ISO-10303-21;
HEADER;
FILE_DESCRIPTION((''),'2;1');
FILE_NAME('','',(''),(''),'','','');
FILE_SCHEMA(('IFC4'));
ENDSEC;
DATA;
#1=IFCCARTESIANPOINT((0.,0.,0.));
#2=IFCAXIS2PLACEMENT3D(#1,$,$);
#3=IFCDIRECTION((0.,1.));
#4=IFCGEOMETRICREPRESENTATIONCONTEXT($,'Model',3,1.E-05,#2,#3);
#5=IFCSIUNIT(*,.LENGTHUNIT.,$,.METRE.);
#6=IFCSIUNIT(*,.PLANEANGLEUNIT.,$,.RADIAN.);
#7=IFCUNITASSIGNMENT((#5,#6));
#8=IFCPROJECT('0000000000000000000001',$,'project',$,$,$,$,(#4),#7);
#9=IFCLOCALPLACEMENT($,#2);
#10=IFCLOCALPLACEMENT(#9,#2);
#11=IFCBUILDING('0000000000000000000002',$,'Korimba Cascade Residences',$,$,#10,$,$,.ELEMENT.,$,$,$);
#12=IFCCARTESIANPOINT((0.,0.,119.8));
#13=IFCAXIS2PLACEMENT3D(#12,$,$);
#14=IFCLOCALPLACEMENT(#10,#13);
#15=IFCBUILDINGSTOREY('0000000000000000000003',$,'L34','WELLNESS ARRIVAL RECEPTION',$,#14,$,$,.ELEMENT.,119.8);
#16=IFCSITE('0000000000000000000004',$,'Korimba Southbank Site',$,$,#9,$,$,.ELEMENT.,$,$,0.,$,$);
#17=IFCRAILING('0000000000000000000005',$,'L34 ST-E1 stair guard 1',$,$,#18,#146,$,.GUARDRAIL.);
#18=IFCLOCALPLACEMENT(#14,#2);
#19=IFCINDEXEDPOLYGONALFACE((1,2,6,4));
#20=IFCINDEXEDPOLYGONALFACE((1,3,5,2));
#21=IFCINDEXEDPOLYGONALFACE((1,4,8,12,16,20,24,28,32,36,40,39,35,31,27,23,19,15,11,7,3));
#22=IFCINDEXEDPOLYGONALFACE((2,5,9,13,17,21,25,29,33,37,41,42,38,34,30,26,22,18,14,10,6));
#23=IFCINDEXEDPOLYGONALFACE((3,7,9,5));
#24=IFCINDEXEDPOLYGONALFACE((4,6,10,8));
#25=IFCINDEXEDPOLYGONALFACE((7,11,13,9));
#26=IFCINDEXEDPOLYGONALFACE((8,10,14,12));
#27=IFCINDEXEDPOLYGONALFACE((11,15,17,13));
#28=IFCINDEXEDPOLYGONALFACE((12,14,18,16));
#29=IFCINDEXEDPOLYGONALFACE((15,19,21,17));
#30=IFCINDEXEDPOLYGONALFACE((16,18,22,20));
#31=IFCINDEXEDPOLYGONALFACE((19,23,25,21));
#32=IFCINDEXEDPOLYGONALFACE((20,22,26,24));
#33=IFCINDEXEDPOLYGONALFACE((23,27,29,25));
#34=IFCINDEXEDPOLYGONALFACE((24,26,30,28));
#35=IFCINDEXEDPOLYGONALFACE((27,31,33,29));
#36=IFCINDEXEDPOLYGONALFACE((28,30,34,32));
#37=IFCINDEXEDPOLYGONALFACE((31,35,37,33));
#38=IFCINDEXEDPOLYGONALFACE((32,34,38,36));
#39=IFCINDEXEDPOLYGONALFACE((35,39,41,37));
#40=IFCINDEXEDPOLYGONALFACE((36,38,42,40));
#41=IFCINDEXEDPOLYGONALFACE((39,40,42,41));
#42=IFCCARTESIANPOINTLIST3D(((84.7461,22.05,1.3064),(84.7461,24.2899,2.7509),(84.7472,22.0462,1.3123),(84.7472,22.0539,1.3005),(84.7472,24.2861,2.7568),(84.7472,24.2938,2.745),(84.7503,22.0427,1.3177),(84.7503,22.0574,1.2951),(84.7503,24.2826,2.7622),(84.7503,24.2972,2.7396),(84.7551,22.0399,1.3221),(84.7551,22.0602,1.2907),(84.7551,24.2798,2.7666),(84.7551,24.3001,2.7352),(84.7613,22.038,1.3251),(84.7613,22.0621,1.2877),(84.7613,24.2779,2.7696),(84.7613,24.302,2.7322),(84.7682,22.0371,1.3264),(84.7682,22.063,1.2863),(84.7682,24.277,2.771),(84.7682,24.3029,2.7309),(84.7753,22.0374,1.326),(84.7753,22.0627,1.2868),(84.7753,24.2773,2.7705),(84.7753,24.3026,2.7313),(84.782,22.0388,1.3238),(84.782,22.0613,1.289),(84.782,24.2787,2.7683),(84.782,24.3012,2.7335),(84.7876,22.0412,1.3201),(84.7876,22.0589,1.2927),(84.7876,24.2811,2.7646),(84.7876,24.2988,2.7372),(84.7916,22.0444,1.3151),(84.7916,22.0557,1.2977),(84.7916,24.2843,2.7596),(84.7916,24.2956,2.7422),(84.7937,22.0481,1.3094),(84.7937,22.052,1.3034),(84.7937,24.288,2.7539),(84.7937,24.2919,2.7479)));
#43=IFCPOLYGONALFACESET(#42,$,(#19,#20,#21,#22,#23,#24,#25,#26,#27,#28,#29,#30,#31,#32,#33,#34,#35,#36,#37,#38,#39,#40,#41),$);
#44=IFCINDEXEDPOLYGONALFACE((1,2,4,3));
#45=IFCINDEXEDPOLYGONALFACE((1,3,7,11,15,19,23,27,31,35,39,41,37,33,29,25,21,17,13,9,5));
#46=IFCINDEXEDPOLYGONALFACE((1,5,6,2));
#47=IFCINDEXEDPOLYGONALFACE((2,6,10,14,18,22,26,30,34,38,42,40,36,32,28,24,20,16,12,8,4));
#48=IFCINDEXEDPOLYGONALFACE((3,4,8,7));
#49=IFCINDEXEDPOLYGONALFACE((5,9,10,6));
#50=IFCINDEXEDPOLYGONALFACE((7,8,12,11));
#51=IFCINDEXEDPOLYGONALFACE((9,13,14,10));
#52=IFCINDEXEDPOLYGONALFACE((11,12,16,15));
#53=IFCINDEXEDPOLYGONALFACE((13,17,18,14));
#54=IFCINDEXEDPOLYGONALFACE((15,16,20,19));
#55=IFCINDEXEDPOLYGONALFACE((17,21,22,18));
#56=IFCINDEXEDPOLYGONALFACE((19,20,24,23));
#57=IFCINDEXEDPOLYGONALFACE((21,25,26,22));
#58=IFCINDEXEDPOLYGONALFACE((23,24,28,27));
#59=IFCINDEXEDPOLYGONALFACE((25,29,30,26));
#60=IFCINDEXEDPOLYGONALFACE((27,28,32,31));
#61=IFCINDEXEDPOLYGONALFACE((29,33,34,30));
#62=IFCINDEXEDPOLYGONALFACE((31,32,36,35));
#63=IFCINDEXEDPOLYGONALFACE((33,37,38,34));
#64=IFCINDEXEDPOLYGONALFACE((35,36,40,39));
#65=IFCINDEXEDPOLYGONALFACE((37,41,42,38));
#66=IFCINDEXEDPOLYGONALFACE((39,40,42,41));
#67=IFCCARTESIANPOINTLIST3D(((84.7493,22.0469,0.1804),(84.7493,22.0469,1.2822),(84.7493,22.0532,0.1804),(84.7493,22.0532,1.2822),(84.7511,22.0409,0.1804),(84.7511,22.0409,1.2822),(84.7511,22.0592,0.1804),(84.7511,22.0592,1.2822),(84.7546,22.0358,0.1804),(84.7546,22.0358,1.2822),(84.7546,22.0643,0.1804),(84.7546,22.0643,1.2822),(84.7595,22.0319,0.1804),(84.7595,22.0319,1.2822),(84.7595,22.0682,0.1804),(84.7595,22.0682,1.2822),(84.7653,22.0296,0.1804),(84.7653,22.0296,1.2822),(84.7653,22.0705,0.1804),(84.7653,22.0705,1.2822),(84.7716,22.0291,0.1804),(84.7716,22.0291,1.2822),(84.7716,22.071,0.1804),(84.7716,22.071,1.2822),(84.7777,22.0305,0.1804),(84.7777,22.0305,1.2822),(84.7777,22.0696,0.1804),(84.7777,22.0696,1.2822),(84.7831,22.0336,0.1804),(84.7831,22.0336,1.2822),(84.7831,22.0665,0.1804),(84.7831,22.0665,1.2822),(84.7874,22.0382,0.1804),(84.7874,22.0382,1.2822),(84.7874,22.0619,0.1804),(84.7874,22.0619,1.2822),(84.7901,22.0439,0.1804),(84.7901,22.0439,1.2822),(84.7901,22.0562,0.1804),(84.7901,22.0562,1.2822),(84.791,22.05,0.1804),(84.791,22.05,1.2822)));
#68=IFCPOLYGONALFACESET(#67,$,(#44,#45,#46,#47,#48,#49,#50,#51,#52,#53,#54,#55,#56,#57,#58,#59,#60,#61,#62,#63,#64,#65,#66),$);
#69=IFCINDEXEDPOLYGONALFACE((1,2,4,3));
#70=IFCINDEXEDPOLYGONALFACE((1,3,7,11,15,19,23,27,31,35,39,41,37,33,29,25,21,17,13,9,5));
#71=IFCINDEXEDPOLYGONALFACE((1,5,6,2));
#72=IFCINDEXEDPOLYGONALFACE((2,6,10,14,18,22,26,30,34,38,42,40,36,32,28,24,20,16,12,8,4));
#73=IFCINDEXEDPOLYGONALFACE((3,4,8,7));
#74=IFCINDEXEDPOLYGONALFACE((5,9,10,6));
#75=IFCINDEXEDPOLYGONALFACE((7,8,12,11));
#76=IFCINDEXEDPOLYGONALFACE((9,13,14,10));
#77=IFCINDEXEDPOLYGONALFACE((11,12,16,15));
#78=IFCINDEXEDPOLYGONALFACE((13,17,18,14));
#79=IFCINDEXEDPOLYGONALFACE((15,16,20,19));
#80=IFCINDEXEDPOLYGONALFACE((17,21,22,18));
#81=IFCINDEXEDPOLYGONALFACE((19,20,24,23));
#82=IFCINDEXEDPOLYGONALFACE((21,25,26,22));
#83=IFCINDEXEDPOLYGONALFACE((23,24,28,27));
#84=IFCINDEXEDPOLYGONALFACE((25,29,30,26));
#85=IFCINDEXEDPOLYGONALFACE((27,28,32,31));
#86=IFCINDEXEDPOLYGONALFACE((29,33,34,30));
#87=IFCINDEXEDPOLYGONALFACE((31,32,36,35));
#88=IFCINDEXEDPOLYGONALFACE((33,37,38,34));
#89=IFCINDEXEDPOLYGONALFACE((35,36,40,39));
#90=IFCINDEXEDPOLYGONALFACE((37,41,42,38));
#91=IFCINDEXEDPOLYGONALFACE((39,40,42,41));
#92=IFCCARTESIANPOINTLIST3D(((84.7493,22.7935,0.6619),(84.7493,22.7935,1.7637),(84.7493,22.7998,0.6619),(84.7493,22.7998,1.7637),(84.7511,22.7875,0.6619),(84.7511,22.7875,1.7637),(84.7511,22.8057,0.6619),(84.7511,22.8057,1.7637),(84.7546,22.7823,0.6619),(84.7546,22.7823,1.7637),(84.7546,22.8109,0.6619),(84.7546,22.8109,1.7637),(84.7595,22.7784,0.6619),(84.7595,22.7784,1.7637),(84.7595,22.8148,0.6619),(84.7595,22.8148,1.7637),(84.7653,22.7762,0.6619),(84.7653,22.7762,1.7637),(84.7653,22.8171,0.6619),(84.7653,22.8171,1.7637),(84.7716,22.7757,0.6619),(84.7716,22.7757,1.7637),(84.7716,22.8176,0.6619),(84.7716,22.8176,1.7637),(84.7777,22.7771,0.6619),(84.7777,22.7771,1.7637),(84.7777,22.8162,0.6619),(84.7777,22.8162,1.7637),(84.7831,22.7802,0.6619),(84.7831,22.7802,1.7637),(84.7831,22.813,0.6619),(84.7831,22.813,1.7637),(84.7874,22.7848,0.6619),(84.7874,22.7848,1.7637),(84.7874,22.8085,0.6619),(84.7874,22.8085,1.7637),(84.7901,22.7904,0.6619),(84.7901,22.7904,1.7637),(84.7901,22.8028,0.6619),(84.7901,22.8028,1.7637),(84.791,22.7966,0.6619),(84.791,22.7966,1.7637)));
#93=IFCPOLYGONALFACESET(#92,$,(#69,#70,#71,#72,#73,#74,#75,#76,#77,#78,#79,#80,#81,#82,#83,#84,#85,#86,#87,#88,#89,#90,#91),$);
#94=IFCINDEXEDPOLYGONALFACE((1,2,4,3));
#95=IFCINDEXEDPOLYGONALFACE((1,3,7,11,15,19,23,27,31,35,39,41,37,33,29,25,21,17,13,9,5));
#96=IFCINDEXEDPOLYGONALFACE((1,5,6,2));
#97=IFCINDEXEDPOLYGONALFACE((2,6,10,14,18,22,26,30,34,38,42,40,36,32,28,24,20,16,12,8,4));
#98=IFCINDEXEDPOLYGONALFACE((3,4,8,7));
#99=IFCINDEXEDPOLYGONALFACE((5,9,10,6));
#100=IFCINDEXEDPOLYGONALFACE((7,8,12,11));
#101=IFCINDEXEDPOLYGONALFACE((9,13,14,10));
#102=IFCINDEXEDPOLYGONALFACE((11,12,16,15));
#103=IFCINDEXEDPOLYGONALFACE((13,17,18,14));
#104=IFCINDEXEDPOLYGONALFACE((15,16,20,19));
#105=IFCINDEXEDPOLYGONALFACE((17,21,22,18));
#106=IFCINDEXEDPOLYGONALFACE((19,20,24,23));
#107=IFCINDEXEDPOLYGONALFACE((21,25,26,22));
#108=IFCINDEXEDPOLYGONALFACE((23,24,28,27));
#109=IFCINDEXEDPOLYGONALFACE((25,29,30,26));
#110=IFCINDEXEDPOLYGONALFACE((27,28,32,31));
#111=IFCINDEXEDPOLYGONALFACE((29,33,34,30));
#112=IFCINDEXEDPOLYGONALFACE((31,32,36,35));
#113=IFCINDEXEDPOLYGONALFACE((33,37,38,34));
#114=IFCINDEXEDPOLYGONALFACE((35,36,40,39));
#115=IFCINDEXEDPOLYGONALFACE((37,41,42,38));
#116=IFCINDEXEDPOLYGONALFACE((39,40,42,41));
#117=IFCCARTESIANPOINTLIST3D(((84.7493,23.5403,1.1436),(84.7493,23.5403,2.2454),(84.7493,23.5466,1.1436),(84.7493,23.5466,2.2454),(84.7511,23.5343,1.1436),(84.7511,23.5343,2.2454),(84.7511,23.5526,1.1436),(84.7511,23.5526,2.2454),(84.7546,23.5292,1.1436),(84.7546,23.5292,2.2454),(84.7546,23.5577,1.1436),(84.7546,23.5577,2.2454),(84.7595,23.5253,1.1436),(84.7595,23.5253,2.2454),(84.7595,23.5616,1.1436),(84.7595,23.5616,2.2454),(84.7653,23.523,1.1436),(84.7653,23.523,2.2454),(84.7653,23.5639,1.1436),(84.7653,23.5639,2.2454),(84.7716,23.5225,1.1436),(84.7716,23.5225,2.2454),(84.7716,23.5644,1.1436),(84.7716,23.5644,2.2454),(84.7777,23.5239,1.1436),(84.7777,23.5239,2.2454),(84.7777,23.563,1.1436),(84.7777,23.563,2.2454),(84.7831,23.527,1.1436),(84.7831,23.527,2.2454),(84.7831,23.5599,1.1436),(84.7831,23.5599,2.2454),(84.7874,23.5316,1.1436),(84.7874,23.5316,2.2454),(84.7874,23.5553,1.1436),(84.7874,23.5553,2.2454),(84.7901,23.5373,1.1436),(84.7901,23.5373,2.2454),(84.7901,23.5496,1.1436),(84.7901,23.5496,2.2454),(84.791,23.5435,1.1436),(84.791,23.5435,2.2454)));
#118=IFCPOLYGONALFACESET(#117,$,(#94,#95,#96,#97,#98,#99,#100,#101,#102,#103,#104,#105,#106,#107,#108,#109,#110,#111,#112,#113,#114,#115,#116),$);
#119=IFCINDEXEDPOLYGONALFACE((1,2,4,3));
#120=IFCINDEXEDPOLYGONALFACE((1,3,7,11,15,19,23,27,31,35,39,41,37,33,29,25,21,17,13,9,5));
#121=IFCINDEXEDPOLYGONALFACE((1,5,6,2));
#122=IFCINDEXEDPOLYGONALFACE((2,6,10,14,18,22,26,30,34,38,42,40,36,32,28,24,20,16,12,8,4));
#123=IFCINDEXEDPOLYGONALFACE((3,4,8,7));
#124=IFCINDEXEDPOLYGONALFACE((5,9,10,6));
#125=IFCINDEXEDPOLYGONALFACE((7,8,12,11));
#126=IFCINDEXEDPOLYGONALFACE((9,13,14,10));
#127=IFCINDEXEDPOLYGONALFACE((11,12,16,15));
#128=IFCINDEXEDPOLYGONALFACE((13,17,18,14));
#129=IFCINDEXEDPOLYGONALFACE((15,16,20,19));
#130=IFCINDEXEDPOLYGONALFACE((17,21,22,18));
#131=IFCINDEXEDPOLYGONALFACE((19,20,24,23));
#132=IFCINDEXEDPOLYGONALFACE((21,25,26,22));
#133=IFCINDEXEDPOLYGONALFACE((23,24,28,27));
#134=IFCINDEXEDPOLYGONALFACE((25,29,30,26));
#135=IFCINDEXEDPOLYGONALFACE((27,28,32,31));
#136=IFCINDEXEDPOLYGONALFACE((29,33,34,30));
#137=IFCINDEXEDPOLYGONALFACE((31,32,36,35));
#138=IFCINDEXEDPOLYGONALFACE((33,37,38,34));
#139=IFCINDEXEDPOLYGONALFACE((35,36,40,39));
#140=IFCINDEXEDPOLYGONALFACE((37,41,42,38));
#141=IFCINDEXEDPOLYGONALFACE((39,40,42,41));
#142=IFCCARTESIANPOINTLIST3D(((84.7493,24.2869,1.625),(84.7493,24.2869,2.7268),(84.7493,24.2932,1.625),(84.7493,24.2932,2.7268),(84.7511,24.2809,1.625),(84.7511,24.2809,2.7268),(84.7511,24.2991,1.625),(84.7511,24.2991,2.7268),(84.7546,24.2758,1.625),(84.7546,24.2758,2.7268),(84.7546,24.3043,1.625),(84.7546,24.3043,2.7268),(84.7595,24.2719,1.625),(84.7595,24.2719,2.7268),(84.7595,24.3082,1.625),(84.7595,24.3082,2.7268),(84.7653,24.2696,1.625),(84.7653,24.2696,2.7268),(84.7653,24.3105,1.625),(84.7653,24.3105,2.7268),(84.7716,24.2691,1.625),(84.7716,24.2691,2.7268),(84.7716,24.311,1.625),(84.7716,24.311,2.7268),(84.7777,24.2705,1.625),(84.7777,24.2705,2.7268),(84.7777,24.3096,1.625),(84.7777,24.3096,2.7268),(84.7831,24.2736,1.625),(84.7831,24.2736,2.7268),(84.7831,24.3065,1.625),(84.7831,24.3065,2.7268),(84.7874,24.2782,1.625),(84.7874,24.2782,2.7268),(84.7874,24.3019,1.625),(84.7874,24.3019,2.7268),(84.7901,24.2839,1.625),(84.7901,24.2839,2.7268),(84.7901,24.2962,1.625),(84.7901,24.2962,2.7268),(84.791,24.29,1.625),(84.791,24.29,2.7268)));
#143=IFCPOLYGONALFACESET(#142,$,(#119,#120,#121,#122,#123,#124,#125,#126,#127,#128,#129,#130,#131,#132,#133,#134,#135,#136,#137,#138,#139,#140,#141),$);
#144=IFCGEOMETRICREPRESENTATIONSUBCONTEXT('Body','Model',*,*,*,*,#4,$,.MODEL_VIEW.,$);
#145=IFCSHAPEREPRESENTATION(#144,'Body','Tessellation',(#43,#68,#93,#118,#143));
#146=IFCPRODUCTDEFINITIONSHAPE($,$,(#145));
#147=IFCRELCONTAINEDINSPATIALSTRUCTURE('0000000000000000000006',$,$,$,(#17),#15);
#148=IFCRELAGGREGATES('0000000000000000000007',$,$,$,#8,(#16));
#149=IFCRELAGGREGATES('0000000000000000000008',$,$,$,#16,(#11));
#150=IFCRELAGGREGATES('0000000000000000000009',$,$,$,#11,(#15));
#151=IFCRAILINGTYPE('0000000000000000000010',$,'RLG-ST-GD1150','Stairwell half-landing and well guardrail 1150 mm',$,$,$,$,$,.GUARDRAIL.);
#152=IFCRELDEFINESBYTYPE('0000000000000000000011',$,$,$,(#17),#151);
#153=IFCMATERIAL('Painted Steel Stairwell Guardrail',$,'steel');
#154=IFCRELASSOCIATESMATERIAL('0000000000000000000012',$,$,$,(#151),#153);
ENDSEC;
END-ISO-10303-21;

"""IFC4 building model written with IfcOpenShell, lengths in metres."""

from ifc_helpers import new_model, si_unit, direction, frame, origin, origin_2d, place, context, subcontext, project, spatial, circle, extrude, material, type_object, element, save


model = new_model("IFC4")

# Units and contexts
model_context = context("Model", 3, precision=1e-05, world=origin(), true_north=direction((0.0, 1.0)))
body_context = subcontext(model_context, "Body", "Model", "MODEL_VIEW")
ifc_project = project(units=[si_unit("LENGTHUNIT", "METRE"), si_unit("PLANEANGLEUNIT", "RADIAN")], contexts=[model_context])

# Site, building, storey
site_placement = place(None, origin())
site = spatial("IfcSite", under=ifc_project, at=site_placement, Name="Korimba Southbank Site", CompositionType="ELEMENT", RefElevation=0.0)
building_placement = place(site_placement, origin())
building = spatial("IfcBuilding", under=site, at=building_placement, Name="Korimba Cascade Residences", CompositionType="ELEMENT")
storey_placement = place(building_placement, frame((0.0, 0.0, 119.8)))
storey = spatial("IfcBuildingStorey", under=building, at=storey_placement, Name="L34", Description="WELLNESS ARRIVAL RECEPTION", CompositionType="ELEMENT", Elevation=119.8)

# Railing
ifc_material_1 = material(Name="Painted Steel Stairwell Guardrail", Category="steel")
railing_type_1 = type_object("IfcRailingType", Name="RLG-ST-GD1150", Description="Stairwell half-landing and well guardrail 1150 mm", PredefinedType="GUARDRAIL", material=ifc_material_1)
railing_1_placement = place(storey_placement, frame((84.77, 22.05, 0.1804)))
element("IfcRailing", 1, at=railing_1_placement, inside=storey, type_object=railing_type_1, Name="L34 ST-E1 stair guard 1", PredefinedType="GUARDRAIL", context=body_context, shape_type="SweptSolid", body=[
    extrude(circle(Radius=0.0239, at=origin_2d()), frame((0.0, 0.0, 1.126), z_axis=(0.0, 0.840395, 0.541975), x_axis=(-1.0, 0.0, 0.0)), (0.0, 0.0, 1.0), 2.6653),
    extrude(circle(Radius=0.021, at=origin_2d()), origin(), (0.0, 0.0, 1.0), 1.1018),
    extrude(circle(Radius=0.021, at=origin_2d()), frame((0.0, 0.7466, 0.4814)), (0.0, 0.0, 1.0), 1.1018),
    extrude(circle(Radius=0.021, at=origin_2d()), frame((0.0, 1.4934, 0.9631)), (0.0, 0.0, 1.0), 1.1018),
    extrude(circle(Radius=0.021, at=origin_2d()), frame((0.0, 2.24, 1.4446)), (0.0, 0.0, 1.0), 1.1018),
])

save(model, "model.ifc")
